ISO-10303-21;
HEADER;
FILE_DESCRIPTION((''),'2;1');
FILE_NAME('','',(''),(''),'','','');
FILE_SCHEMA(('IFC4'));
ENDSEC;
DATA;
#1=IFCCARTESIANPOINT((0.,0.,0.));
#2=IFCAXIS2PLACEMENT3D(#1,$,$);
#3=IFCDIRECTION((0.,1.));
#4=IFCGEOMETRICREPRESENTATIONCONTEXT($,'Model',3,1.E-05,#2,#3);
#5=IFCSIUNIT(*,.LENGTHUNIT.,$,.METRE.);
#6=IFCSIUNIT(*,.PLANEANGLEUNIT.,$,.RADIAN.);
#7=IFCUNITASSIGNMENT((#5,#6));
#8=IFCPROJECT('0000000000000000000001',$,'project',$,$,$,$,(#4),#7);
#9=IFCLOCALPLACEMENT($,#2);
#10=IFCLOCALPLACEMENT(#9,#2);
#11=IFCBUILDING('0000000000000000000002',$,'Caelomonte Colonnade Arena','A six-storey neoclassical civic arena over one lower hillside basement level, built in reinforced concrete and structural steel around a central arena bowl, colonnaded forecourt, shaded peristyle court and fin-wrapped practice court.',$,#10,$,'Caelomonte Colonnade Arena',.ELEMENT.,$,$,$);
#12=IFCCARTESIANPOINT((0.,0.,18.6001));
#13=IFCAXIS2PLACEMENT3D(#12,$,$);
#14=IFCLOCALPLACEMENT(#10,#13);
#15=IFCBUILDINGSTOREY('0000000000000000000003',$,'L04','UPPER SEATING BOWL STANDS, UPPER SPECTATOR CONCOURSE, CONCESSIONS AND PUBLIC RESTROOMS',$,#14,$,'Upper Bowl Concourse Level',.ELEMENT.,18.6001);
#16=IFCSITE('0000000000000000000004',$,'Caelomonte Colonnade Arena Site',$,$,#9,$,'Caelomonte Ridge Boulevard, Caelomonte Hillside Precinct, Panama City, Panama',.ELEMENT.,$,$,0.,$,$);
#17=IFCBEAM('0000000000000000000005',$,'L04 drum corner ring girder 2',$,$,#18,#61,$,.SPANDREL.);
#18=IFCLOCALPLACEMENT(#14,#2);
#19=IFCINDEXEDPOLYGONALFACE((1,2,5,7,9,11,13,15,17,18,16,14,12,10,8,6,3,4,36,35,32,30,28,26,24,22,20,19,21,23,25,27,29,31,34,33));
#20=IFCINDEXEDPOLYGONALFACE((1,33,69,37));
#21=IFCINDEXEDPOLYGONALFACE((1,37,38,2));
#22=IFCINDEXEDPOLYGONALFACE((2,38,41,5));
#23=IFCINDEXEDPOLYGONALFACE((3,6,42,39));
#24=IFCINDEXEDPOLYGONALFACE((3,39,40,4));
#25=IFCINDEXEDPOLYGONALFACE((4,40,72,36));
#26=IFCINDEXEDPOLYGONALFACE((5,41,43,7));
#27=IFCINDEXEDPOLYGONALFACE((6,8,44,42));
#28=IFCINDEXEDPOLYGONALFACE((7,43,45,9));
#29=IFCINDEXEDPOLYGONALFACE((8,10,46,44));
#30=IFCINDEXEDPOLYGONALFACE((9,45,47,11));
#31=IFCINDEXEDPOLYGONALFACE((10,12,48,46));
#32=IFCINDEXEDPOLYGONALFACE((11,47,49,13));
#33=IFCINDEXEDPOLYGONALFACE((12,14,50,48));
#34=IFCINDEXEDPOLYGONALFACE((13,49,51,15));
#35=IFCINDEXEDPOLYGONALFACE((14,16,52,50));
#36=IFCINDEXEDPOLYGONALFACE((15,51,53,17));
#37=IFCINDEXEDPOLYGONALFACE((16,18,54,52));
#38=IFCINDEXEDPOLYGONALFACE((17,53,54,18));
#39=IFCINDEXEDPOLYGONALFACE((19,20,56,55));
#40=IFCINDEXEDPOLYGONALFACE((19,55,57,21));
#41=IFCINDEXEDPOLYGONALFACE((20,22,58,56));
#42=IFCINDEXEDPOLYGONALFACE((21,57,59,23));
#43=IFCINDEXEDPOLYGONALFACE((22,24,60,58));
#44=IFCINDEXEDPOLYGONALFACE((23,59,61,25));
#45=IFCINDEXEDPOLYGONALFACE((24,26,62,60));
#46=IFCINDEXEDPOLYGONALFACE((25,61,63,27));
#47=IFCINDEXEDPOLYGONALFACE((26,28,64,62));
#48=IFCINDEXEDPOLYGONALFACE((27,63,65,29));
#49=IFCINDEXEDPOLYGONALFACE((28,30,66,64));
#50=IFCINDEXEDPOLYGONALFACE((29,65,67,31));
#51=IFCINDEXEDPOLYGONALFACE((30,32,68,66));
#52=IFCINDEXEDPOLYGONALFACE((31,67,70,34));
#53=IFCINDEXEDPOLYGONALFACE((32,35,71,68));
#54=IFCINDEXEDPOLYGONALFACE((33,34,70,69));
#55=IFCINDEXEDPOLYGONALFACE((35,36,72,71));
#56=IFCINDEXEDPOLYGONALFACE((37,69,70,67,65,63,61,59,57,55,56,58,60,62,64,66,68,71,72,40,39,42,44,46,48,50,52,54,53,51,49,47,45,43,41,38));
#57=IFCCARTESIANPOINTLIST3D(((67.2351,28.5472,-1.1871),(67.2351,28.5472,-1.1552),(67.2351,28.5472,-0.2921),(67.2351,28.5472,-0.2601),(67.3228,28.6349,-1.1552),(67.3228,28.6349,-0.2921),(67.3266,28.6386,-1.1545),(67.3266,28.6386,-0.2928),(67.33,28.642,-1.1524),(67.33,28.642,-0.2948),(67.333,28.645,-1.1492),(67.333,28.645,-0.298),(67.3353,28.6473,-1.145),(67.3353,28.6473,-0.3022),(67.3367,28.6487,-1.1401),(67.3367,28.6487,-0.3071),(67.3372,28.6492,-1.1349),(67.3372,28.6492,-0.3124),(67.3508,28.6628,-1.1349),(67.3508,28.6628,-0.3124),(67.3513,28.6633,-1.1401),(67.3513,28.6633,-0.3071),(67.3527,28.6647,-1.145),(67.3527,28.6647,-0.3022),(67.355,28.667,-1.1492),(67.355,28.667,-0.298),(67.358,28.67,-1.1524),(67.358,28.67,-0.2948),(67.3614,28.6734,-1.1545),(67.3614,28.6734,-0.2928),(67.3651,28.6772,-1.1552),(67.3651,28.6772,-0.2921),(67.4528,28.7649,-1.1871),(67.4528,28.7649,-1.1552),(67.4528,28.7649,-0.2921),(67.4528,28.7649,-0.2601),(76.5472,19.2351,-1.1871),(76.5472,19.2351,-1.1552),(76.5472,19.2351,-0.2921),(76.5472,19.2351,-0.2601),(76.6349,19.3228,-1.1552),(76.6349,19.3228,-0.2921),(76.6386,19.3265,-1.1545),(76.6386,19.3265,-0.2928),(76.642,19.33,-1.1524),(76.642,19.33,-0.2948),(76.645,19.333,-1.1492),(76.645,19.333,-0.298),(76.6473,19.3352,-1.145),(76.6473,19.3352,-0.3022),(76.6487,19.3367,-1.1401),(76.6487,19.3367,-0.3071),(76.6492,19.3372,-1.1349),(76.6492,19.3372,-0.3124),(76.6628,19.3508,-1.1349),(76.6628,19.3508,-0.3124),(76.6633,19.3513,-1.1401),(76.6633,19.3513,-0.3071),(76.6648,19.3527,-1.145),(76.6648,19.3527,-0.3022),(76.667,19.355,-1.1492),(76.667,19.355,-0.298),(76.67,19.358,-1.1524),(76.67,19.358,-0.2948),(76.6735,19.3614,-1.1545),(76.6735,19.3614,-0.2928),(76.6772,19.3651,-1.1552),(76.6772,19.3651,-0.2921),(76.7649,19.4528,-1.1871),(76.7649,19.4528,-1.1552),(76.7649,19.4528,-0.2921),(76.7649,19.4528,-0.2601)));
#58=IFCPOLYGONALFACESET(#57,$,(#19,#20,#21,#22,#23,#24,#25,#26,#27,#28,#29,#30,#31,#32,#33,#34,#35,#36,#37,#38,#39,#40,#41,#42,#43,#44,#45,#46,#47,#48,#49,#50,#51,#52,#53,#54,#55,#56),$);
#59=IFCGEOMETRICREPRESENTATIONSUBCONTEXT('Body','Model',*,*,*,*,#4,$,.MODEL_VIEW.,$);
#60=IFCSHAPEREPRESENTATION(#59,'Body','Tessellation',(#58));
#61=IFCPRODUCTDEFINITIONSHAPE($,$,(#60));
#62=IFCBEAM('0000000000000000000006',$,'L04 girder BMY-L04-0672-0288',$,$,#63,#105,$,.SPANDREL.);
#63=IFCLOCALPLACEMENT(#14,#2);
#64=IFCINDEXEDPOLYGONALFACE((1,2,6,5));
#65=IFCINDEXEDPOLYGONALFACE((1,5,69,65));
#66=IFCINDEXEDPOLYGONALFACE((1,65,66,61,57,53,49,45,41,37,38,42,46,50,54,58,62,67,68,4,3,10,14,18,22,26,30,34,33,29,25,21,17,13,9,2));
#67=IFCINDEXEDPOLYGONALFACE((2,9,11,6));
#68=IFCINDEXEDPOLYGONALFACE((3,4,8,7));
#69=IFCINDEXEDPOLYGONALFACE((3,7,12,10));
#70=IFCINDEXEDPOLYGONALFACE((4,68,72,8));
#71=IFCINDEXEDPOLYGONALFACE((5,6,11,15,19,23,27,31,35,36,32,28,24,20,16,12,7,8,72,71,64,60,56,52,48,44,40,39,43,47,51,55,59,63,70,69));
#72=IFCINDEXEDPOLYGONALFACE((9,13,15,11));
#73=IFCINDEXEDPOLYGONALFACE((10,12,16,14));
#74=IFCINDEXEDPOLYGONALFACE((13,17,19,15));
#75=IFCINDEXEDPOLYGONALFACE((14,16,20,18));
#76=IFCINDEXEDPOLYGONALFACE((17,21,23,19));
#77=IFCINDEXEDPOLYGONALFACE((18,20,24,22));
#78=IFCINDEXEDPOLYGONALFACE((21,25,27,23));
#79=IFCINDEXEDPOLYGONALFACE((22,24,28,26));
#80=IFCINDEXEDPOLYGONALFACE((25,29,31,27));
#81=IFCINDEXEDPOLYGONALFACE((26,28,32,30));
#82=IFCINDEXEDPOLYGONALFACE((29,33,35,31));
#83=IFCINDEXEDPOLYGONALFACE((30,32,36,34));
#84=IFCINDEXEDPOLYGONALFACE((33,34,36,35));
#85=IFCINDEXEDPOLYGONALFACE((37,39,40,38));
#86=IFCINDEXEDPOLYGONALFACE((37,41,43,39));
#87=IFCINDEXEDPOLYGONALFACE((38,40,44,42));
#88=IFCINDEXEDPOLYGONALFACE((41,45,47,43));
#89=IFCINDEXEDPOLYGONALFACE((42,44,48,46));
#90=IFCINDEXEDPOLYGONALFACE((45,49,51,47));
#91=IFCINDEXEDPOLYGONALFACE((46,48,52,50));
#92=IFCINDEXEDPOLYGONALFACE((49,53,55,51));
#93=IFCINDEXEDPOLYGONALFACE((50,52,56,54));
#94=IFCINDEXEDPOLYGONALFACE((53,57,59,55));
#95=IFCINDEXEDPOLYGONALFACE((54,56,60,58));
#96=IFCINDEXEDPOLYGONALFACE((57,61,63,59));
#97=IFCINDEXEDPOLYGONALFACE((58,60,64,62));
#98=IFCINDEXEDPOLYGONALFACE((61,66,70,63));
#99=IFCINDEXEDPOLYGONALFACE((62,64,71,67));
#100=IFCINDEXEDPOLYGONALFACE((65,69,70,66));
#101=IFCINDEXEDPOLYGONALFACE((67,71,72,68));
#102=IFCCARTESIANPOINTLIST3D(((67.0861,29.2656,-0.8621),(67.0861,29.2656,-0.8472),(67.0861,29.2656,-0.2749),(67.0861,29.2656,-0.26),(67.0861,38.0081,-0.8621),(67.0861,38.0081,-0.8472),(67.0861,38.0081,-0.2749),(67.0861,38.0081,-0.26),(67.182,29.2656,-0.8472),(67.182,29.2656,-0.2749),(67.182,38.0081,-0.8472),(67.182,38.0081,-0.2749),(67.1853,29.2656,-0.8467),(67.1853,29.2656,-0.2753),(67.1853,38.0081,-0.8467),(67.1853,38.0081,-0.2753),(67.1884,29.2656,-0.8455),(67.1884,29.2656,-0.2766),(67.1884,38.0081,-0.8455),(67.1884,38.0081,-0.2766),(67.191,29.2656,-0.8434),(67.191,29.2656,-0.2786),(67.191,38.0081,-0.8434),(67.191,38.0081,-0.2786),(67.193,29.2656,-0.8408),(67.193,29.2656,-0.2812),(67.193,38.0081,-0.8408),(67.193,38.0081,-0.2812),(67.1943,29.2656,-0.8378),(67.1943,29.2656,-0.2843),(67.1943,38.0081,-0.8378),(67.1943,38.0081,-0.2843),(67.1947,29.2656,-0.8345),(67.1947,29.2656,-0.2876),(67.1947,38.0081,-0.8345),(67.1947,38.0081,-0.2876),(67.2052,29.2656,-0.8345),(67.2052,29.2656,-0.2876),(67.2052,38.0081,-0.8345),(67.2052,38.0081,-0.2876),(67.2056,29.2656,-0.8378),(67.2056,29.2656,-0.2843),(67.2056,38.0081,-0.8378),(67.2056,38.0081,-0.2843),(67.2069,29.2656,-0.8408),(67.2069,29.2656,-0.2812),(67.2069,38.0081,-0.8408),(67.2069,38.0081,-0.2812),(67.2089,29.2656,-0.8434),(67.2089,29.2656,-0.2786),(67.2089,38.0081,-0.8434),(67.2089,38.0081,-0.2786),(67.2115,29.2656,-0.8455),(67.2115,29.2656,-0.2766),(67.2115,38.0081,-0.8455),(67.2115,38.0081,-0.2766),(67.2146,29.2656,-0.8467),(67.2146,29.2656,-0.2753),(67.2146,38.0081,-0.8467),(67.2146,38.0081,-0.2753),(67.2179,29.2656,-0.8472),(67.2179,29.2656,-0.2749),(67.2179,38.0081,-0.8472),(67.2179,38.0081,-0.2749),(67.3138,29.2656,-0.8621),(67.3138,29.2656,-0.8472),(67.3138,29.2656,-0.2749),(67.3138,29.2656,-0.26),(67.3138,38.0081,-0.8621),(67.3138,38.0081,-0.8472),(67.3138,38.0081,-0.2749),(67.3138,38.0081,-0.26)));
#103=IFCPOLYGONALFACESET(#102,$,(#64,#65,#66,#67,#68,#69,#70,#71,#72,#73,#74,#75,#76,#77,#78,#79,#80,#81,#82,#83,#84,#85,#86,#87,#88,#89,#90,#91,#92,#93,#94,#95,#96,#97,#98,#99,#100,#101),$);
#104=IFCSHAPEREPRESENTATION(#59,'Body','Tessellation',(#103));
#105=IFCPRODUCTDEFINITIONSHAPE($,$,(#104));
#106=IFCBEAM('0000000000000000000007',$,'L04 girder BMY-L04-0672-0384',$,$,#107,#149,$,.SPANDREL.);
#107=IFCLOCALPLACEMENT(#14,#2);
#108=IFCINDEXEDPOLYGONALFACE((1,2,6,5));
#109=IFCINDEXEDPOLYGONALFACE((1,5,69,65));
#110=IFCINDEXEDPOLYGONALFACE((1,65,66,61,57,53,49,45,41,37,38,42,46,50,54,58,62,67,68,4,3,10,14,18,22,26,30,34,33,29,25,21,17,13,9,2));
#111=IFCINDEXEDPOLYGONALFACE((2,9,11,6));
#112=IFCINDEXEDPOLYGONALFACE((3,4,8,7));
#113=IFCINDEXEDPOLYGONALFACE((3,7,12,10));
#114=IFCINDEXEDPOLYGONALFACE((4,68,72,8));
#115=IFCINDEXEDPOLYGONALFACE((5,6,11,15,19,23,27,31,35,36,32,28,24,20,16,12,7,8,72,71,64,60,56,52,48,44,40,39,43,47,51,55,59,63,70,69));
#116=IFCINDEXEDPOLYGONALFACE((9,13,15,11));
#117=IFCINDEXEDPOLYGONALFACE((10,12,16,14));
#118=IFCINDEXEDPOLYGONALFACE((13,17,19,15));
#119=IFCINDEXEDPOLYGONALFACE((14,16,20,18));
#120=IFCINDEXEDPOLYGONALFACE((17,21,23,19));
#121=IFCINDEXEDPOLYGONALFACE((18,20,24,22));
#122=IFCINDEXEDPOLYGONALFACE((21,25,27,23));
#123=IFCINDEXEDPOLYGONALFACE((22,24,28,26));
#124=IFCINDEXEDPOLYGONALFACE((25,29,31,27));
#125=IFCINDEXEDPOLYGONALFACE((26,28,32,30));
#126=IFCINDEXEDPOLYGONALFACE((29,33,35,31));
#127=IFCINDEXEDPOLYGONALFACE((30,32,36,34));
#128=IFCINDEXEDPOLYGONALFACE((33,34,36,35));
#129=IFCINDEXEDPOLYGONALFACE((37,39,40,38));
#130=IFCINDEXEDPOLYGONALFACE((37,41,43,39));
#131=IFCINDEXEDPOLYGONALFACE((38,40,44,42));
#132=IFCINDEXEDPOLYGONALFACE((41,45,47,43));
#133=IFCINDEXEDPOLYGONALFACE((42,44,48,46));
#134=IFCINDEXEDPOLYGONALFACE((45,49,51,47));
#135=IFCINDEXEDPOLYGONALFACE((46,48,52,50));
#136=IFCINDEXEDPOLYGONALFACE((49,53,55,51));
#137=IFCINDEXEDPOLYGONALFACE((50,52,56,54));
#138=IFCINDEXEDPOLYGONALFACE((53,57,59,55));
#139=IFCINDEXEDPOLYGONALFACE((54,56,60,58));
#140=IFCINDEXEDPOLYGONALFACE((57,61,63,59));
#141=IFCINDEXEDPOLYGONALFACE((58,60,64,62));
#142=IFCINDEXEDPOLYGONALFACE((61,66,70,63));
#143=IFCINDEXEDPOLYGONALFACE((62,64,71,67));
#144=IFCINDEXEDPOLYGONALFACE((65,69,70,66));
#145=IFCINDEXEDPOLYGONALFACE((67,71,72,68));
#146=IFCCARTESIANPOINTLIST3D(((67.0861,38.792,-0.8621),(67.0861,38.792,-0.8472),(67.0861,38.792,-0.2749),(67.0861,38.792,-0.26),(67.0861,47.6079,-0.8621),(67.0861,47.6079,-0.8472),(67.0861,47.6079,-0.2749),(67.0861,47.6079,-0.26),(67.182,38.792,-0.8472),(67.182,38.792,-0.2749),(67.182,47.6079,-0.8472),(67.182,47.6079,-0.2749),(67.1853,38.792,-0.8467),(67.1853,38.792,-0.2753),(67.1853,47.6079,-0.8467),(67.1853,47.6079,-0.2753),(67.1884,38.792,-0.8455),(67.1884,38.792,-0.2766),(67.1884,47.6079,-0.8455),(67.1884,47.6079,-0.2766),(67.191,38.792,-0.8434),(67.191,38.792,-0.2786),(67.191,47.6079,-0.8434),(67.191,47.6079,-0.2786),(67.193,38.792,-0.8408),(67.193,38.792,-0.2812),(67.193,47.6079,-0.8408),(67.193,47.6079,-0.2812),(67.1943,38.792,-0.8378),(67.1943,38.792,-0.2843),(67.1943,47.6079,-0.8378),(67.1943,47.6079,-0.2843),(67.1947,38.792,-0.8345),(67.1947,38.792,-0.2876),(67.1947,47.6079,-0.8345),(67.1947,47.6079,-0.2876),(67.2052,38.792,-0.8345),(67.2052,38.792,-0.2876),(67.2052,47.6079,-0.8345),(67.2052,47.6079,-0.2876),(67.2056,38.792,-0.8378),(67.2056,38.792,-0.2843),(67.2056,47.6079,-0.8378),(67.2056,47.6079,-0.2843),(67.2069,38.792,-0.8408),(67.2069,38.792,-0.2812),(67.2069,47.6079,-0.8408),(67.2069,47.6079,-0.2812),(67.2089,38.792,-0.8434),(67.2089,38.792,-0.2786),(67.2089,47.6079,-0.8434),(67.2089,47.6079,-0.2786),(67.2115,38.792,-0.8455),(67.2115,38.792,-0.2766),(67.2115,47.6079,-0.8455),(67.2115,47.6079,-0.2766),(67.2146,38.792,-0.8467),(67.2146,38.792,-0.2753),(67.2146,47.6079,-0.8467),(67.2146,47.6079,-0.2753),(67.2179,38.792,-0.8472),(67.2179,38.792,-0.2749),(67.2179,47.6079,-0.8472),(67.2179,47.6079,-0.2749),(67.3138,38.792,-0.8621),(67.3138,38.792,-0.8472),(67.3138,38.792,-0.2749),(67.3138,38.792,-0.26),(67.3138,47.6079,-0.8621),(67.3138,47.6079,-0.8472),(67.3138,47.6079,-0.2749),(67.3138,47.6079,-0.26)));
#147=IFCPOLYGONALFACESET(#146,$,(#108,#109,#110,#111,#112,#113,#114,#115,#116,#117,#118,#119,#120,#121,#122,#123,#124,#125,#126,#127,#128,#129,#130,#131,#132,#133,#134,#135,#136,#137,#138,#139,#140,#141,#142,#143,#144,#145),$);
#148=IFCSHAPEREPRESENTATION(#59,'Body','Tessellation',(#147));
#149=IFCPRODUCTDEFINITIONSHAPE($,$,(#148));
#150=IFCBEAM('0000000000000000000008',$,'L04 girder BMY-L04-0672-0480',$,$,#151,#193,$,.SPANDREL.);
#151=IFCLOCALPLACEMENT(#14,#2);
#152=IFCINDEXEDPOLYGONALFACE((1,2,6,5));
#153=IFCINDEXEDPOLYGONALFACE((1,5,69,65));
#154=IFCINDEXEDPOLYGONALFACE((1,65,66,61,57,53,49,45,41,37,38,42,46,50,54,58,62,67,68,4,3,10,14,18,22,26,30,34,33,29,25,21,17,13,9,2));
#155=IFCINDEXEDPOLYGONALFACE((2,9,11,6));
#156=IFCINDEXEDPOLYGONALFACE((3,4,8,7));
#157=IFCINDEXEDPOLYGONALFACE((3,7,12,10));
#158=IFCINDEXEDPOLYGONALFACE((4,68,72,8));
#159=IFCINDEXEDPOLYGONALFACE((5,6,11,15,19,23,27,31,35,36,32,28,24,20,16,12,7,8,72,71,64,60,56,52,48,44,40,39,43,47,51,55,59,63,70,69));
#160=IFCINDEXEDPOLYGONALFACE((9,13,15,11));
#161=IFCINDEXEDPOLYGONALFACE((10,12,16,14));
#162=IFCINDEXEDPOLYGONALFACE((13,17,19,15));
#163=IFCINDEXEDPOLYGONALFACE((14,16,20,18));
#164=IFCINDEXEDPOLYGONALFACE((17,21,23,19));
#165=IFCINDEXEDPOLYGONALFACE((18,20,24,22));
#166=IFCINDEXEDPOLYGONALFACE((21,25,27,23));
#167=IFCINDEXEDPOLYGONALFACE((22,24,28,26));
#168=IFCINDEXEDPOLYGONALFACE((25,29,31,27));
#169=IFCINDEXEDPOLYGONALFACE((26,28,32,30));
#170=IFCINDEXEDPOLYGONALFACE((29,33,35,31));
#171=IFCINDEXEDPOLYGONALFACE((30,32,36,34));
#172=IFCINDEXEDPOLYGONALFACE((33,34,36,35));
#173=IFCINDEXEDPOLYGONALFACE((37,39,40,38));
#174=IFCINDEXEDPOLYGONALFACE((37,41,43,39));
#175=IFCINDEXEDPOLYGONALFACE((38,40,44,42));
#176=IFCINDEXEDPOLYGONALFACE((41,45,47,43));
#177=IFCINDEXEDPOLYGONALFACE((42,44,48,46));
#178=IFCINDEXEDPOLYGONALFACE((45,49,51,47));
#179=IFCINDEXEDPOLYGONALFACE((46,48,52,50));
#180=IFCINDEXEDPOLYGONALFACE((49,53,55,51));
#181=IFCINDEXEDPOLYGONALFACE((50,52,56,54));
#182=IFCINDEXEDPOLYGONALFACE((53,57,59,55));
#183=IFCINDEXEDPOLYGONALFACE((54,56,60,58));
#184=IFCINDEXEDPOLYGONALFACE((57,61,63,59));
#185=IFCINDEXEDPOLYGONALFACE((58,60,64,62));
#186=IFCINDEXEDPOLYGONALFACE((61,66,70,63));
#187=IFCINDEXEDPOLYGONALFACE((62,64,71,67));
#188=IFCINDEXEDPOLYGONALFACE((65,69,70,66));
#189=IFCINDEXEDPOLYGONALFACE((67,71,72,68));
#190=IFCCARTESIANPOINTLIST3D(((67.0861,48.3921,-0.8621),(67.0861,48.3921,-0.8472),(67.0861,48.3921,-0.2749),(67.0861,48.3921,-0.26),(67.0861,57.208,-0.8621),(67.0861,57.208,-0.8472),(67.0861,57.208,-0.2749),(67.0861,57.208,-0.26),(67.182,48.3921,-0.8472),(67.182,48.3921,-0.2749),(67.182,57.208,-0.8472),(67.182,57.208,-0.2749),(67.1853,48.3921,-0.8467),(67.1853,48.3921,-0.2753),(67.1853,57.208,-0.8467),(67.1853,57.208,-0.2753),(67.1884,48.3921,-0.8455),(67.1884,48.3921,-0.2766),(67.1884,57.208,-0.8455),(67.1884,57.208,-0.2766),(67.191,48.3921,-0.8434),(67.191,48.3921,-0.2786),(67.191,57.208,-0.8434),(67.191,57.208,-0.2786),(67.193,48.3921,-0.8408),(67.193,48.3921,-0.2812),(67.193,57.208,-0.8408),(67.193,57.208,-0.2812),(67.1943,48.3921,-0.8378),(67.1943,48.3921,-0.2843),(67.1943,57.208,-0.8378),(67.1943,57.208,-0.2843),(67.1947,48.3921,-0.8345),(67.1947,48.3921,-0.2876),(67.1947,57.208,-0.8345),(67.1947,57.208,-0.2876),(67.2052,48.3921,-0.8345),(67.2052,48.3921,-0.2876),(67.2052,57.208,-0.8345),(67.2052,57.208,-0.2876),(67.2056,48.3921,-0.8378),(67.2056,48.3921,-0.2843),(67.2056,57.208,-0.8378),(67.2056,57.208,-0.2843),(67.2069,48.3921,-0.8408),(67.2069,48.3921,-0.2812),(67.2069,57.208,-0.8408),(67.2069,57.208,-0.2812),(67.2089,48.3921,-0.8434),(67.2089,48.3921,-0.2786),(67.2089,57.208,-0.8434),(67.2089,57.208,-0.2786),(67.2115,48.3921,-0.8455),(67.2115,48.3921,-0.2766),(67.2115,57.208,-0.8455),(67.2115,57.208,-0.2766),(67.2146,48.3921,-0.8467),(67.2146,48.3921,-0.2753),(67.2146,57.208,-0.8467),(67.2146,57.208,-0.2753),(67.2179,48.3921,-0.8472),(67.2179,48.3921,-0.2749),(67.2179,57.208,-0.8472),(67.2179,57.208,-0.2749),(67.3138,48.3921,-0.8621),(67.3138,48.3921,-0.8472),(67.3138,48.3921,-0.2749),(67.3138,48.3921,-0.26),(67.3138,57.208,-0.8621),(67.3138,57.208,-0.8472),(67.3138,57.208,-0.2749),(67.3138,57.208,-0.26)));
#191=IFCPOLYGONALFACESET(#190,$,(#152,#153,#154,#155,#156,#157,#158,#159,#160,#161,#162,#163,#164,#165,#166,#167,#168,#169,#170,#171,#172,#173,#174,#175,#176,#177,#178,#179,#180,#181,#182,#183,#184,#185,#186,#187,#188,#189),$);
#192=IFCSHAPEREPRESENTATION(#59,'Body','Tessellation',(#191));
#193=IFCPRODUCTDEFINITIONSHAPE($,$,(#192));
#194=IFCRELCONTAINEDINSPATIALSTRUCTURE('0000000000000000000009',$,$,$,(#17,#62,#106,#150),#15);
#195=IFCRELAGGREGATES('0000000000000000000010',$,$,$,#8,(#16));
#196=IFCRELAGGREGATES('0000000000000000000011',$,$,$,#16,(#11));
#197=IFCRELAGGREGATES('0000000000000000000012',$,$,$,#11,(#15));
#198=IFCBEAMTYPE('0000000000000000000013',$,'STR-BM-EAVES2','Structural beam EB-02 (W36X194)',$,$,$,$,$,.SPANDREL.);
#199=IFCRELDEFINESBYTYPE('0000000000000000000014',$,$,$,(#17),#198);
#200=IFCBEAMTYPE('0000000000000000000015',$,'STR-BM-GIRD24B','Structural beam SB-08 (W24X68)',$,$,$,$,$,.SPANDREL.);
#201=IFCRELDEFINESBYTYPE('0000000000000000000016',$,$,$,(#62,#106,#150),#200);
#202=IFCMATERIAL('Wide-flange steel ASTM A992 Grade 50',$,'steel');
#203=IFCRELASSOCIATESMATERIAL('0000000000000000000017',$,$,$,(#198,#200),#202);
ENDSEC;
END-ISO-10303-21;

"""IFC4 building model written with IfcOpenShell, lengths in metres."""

from ifc_helpers import new_model, si_unit, direction, frame, origin, origin_2d, place, context, subcontext, project, spatial, i_section, extrude, material, material_profile, profile_set, type_object, element, save


model = new_model("IFC4")

# Units and contexts
model_context = context("Model", 3, precision=1e-05, world=origin(), true_north=direction((0.0, 1.0)))
body_context = subcontext(model_context, "Body", "Model", "MODEL_VIEW")
ifc_project = project(units=[si_unit("LENGTHUNIT", "METRE"), si_unit("PLANEANGLEUNIT", "RADIAN")], contexts=[model_context])

# Site, building, storey
site_placement = place(None, origin())
site = spatial("IfcSite", under=ifc_project, at=site_placement, Name="Caelomonte Colonnade Arena Site", LongName="Caelomonte Ridge Boulevard, Caelomonte Hillside Precinct, Panama City, Panama", CompositionType="ELEMENT", RefElevation=0.0)
building_placement = place(site_placement, origin())
building = spatial("IfcBuilding", under=site, at=building_placement, Name="Caelomonte Colonnade Arena", Description="A six-storey neoclassical civic arena over one lower hillside basement level, built in reinforced concrete and structural steel around a central arena bowl, colonnaded forecourt, shaded peristyle court and fin-wrapped practice court.", LongName="Caelomonte Colonnade Arena", CompositionType="ELEMENT")
storey_placement = place(building_placement, frame((0.0, 0.0, 18.6001)))
storey = spatial("IfcBuildingStorey", under=building, at=storey_placement, Name="L04", Description="UPPER SEATING BOWL STANDS, UPPER SPECTATOR CONCOURSE, CONCESSIONS AND PUBLIC RESTROOMS", LongName="Upper Bowl Concourse Level", CompositionType="ELEMENT", Elevation=18.6001)

# Shared definitions
ifc_material_1 = material(Name="Wide-flange steel ASTM A992 Grade 50", Category="steel")

# Beams
ifc_material_profile_1 = material_profile(ifc_material_1, i_section(OverallWidth=0.3079, OverallDepth=0.927, WebThickness=0.0193, FlangeThickness=0.032, FilletRadius=0.0203, at=origin_2d()), Name="W36X194")
ifc_profile_set_1 = profile_set([ifc_material_profile_1], Name="Wide-flange steel ASTM A992 Grade 50")
beam_type_1 = type_object("IfcBeamType", Name="STR-BM-EAVES2", Description="Structural beam EB-02 (W36X194)", PredefinedType="SPANDREL", material=ifc_profile_set_1)
beam_1_placement = place(storey_placement, frame((67.344, 28.656, -0.7236), z_axis=(0.707107, -0.707107, 0.0), x_axis=(0.707107, 0.707107, 0.0)))
element("IfcBeam", 1, at=beam_1_placement, inside=storey, type_object=beam_type_1, Name="L04 drum corner ring girder 2", PredefinedType="SPANDREL", context=body_context, shape_type="SweptSolid", body=[
    extrude(i_section(OverallWidth=0.3079, OverallDepth=0.927, WebThickness=0.0193, FlangeThickness=0.032, FilletRadius=0.0203, at=origin_2d()), origin(), (0.0, 0.0, 1.0), 13.1692),
])
ifc_material_profile_2 = material_profile(ifc_material_1, i_section(OverallWidth=0.2278, OverallDepth=0.6021, WebThickness=0.0105, FlangeThickness=0.0149, FilletRadius=0.0127, at=origin_2d()), Name="W24X68")
ifc_profile_set_2 = profile_set([ifc_material_profile_2], Name="Wide-flange steel ASTM A992 Grade 50")
beam_type_2 = type_object("IfcBeamType", Name="STR-BM-GIRD24B", Description="Structural beam SB-08 (W24X68)", PredefinedType="SPANDREL", material=ifc_profile_set_2)
beam_2_placement = place(storey_placement, frame((67.2, 29.2656, -0.561), z_axis=(0.0, 1.0, 0.0), x_axis=(-1.0, 0.0, 0.0)))
element("IfcBeam", 2, at=beam_2_placement, inside=storey, type_object=beam_type_2, Name="L04 girder BMY-L04-0672-0288", PredefinedType="SPANDREL", context=body_context, shape_type="SweptSolid", body=[
    extrude(i_section(OverallWidth=0.2278, OverallDepth=0.6021, WebThickness=0.0105, FlangeThickness=0.0149, FilletRadius=0.0127, at=origin_2d()), origin(), (0.0, 0.0, 1.0), 8.7424),
])
for number, where, z_axis, x_axis, name in (
    (3, (67.2, 38.792, -0.561), (0.0, 1.0, 0.0), (-1.0, 0.0, 0.0), "L04 girder BMY-L04-0672-0384"),
    (4, (67.2, 48.3921, -0.561), (0.0, 1.0, 0.0), (-1.0, 0.0, 0.0), "L04 girder BMY-L04-0672-0480"),
):
    element("IfcBeam", number, at=place(storey_placement, frame(where, z_axis=z_axis, x_axis=x_axis)), inside=storey, type_object=beam_type_2, Name=name, PredefinedType="SPANDREL", context=body_context, shape_type="SweptSolid", body=[
        extrude(i_section(OverallWidth=0.2278, OverallDepth=0.6021, WebThickness=0.0105, FlangeThickness=0.0149, FilletRadius=0.0127, at=origin_2d()), origin(), (0.0, 0.0, 1.0), 8.8159),
    ])

save(model, "model.ifc")
